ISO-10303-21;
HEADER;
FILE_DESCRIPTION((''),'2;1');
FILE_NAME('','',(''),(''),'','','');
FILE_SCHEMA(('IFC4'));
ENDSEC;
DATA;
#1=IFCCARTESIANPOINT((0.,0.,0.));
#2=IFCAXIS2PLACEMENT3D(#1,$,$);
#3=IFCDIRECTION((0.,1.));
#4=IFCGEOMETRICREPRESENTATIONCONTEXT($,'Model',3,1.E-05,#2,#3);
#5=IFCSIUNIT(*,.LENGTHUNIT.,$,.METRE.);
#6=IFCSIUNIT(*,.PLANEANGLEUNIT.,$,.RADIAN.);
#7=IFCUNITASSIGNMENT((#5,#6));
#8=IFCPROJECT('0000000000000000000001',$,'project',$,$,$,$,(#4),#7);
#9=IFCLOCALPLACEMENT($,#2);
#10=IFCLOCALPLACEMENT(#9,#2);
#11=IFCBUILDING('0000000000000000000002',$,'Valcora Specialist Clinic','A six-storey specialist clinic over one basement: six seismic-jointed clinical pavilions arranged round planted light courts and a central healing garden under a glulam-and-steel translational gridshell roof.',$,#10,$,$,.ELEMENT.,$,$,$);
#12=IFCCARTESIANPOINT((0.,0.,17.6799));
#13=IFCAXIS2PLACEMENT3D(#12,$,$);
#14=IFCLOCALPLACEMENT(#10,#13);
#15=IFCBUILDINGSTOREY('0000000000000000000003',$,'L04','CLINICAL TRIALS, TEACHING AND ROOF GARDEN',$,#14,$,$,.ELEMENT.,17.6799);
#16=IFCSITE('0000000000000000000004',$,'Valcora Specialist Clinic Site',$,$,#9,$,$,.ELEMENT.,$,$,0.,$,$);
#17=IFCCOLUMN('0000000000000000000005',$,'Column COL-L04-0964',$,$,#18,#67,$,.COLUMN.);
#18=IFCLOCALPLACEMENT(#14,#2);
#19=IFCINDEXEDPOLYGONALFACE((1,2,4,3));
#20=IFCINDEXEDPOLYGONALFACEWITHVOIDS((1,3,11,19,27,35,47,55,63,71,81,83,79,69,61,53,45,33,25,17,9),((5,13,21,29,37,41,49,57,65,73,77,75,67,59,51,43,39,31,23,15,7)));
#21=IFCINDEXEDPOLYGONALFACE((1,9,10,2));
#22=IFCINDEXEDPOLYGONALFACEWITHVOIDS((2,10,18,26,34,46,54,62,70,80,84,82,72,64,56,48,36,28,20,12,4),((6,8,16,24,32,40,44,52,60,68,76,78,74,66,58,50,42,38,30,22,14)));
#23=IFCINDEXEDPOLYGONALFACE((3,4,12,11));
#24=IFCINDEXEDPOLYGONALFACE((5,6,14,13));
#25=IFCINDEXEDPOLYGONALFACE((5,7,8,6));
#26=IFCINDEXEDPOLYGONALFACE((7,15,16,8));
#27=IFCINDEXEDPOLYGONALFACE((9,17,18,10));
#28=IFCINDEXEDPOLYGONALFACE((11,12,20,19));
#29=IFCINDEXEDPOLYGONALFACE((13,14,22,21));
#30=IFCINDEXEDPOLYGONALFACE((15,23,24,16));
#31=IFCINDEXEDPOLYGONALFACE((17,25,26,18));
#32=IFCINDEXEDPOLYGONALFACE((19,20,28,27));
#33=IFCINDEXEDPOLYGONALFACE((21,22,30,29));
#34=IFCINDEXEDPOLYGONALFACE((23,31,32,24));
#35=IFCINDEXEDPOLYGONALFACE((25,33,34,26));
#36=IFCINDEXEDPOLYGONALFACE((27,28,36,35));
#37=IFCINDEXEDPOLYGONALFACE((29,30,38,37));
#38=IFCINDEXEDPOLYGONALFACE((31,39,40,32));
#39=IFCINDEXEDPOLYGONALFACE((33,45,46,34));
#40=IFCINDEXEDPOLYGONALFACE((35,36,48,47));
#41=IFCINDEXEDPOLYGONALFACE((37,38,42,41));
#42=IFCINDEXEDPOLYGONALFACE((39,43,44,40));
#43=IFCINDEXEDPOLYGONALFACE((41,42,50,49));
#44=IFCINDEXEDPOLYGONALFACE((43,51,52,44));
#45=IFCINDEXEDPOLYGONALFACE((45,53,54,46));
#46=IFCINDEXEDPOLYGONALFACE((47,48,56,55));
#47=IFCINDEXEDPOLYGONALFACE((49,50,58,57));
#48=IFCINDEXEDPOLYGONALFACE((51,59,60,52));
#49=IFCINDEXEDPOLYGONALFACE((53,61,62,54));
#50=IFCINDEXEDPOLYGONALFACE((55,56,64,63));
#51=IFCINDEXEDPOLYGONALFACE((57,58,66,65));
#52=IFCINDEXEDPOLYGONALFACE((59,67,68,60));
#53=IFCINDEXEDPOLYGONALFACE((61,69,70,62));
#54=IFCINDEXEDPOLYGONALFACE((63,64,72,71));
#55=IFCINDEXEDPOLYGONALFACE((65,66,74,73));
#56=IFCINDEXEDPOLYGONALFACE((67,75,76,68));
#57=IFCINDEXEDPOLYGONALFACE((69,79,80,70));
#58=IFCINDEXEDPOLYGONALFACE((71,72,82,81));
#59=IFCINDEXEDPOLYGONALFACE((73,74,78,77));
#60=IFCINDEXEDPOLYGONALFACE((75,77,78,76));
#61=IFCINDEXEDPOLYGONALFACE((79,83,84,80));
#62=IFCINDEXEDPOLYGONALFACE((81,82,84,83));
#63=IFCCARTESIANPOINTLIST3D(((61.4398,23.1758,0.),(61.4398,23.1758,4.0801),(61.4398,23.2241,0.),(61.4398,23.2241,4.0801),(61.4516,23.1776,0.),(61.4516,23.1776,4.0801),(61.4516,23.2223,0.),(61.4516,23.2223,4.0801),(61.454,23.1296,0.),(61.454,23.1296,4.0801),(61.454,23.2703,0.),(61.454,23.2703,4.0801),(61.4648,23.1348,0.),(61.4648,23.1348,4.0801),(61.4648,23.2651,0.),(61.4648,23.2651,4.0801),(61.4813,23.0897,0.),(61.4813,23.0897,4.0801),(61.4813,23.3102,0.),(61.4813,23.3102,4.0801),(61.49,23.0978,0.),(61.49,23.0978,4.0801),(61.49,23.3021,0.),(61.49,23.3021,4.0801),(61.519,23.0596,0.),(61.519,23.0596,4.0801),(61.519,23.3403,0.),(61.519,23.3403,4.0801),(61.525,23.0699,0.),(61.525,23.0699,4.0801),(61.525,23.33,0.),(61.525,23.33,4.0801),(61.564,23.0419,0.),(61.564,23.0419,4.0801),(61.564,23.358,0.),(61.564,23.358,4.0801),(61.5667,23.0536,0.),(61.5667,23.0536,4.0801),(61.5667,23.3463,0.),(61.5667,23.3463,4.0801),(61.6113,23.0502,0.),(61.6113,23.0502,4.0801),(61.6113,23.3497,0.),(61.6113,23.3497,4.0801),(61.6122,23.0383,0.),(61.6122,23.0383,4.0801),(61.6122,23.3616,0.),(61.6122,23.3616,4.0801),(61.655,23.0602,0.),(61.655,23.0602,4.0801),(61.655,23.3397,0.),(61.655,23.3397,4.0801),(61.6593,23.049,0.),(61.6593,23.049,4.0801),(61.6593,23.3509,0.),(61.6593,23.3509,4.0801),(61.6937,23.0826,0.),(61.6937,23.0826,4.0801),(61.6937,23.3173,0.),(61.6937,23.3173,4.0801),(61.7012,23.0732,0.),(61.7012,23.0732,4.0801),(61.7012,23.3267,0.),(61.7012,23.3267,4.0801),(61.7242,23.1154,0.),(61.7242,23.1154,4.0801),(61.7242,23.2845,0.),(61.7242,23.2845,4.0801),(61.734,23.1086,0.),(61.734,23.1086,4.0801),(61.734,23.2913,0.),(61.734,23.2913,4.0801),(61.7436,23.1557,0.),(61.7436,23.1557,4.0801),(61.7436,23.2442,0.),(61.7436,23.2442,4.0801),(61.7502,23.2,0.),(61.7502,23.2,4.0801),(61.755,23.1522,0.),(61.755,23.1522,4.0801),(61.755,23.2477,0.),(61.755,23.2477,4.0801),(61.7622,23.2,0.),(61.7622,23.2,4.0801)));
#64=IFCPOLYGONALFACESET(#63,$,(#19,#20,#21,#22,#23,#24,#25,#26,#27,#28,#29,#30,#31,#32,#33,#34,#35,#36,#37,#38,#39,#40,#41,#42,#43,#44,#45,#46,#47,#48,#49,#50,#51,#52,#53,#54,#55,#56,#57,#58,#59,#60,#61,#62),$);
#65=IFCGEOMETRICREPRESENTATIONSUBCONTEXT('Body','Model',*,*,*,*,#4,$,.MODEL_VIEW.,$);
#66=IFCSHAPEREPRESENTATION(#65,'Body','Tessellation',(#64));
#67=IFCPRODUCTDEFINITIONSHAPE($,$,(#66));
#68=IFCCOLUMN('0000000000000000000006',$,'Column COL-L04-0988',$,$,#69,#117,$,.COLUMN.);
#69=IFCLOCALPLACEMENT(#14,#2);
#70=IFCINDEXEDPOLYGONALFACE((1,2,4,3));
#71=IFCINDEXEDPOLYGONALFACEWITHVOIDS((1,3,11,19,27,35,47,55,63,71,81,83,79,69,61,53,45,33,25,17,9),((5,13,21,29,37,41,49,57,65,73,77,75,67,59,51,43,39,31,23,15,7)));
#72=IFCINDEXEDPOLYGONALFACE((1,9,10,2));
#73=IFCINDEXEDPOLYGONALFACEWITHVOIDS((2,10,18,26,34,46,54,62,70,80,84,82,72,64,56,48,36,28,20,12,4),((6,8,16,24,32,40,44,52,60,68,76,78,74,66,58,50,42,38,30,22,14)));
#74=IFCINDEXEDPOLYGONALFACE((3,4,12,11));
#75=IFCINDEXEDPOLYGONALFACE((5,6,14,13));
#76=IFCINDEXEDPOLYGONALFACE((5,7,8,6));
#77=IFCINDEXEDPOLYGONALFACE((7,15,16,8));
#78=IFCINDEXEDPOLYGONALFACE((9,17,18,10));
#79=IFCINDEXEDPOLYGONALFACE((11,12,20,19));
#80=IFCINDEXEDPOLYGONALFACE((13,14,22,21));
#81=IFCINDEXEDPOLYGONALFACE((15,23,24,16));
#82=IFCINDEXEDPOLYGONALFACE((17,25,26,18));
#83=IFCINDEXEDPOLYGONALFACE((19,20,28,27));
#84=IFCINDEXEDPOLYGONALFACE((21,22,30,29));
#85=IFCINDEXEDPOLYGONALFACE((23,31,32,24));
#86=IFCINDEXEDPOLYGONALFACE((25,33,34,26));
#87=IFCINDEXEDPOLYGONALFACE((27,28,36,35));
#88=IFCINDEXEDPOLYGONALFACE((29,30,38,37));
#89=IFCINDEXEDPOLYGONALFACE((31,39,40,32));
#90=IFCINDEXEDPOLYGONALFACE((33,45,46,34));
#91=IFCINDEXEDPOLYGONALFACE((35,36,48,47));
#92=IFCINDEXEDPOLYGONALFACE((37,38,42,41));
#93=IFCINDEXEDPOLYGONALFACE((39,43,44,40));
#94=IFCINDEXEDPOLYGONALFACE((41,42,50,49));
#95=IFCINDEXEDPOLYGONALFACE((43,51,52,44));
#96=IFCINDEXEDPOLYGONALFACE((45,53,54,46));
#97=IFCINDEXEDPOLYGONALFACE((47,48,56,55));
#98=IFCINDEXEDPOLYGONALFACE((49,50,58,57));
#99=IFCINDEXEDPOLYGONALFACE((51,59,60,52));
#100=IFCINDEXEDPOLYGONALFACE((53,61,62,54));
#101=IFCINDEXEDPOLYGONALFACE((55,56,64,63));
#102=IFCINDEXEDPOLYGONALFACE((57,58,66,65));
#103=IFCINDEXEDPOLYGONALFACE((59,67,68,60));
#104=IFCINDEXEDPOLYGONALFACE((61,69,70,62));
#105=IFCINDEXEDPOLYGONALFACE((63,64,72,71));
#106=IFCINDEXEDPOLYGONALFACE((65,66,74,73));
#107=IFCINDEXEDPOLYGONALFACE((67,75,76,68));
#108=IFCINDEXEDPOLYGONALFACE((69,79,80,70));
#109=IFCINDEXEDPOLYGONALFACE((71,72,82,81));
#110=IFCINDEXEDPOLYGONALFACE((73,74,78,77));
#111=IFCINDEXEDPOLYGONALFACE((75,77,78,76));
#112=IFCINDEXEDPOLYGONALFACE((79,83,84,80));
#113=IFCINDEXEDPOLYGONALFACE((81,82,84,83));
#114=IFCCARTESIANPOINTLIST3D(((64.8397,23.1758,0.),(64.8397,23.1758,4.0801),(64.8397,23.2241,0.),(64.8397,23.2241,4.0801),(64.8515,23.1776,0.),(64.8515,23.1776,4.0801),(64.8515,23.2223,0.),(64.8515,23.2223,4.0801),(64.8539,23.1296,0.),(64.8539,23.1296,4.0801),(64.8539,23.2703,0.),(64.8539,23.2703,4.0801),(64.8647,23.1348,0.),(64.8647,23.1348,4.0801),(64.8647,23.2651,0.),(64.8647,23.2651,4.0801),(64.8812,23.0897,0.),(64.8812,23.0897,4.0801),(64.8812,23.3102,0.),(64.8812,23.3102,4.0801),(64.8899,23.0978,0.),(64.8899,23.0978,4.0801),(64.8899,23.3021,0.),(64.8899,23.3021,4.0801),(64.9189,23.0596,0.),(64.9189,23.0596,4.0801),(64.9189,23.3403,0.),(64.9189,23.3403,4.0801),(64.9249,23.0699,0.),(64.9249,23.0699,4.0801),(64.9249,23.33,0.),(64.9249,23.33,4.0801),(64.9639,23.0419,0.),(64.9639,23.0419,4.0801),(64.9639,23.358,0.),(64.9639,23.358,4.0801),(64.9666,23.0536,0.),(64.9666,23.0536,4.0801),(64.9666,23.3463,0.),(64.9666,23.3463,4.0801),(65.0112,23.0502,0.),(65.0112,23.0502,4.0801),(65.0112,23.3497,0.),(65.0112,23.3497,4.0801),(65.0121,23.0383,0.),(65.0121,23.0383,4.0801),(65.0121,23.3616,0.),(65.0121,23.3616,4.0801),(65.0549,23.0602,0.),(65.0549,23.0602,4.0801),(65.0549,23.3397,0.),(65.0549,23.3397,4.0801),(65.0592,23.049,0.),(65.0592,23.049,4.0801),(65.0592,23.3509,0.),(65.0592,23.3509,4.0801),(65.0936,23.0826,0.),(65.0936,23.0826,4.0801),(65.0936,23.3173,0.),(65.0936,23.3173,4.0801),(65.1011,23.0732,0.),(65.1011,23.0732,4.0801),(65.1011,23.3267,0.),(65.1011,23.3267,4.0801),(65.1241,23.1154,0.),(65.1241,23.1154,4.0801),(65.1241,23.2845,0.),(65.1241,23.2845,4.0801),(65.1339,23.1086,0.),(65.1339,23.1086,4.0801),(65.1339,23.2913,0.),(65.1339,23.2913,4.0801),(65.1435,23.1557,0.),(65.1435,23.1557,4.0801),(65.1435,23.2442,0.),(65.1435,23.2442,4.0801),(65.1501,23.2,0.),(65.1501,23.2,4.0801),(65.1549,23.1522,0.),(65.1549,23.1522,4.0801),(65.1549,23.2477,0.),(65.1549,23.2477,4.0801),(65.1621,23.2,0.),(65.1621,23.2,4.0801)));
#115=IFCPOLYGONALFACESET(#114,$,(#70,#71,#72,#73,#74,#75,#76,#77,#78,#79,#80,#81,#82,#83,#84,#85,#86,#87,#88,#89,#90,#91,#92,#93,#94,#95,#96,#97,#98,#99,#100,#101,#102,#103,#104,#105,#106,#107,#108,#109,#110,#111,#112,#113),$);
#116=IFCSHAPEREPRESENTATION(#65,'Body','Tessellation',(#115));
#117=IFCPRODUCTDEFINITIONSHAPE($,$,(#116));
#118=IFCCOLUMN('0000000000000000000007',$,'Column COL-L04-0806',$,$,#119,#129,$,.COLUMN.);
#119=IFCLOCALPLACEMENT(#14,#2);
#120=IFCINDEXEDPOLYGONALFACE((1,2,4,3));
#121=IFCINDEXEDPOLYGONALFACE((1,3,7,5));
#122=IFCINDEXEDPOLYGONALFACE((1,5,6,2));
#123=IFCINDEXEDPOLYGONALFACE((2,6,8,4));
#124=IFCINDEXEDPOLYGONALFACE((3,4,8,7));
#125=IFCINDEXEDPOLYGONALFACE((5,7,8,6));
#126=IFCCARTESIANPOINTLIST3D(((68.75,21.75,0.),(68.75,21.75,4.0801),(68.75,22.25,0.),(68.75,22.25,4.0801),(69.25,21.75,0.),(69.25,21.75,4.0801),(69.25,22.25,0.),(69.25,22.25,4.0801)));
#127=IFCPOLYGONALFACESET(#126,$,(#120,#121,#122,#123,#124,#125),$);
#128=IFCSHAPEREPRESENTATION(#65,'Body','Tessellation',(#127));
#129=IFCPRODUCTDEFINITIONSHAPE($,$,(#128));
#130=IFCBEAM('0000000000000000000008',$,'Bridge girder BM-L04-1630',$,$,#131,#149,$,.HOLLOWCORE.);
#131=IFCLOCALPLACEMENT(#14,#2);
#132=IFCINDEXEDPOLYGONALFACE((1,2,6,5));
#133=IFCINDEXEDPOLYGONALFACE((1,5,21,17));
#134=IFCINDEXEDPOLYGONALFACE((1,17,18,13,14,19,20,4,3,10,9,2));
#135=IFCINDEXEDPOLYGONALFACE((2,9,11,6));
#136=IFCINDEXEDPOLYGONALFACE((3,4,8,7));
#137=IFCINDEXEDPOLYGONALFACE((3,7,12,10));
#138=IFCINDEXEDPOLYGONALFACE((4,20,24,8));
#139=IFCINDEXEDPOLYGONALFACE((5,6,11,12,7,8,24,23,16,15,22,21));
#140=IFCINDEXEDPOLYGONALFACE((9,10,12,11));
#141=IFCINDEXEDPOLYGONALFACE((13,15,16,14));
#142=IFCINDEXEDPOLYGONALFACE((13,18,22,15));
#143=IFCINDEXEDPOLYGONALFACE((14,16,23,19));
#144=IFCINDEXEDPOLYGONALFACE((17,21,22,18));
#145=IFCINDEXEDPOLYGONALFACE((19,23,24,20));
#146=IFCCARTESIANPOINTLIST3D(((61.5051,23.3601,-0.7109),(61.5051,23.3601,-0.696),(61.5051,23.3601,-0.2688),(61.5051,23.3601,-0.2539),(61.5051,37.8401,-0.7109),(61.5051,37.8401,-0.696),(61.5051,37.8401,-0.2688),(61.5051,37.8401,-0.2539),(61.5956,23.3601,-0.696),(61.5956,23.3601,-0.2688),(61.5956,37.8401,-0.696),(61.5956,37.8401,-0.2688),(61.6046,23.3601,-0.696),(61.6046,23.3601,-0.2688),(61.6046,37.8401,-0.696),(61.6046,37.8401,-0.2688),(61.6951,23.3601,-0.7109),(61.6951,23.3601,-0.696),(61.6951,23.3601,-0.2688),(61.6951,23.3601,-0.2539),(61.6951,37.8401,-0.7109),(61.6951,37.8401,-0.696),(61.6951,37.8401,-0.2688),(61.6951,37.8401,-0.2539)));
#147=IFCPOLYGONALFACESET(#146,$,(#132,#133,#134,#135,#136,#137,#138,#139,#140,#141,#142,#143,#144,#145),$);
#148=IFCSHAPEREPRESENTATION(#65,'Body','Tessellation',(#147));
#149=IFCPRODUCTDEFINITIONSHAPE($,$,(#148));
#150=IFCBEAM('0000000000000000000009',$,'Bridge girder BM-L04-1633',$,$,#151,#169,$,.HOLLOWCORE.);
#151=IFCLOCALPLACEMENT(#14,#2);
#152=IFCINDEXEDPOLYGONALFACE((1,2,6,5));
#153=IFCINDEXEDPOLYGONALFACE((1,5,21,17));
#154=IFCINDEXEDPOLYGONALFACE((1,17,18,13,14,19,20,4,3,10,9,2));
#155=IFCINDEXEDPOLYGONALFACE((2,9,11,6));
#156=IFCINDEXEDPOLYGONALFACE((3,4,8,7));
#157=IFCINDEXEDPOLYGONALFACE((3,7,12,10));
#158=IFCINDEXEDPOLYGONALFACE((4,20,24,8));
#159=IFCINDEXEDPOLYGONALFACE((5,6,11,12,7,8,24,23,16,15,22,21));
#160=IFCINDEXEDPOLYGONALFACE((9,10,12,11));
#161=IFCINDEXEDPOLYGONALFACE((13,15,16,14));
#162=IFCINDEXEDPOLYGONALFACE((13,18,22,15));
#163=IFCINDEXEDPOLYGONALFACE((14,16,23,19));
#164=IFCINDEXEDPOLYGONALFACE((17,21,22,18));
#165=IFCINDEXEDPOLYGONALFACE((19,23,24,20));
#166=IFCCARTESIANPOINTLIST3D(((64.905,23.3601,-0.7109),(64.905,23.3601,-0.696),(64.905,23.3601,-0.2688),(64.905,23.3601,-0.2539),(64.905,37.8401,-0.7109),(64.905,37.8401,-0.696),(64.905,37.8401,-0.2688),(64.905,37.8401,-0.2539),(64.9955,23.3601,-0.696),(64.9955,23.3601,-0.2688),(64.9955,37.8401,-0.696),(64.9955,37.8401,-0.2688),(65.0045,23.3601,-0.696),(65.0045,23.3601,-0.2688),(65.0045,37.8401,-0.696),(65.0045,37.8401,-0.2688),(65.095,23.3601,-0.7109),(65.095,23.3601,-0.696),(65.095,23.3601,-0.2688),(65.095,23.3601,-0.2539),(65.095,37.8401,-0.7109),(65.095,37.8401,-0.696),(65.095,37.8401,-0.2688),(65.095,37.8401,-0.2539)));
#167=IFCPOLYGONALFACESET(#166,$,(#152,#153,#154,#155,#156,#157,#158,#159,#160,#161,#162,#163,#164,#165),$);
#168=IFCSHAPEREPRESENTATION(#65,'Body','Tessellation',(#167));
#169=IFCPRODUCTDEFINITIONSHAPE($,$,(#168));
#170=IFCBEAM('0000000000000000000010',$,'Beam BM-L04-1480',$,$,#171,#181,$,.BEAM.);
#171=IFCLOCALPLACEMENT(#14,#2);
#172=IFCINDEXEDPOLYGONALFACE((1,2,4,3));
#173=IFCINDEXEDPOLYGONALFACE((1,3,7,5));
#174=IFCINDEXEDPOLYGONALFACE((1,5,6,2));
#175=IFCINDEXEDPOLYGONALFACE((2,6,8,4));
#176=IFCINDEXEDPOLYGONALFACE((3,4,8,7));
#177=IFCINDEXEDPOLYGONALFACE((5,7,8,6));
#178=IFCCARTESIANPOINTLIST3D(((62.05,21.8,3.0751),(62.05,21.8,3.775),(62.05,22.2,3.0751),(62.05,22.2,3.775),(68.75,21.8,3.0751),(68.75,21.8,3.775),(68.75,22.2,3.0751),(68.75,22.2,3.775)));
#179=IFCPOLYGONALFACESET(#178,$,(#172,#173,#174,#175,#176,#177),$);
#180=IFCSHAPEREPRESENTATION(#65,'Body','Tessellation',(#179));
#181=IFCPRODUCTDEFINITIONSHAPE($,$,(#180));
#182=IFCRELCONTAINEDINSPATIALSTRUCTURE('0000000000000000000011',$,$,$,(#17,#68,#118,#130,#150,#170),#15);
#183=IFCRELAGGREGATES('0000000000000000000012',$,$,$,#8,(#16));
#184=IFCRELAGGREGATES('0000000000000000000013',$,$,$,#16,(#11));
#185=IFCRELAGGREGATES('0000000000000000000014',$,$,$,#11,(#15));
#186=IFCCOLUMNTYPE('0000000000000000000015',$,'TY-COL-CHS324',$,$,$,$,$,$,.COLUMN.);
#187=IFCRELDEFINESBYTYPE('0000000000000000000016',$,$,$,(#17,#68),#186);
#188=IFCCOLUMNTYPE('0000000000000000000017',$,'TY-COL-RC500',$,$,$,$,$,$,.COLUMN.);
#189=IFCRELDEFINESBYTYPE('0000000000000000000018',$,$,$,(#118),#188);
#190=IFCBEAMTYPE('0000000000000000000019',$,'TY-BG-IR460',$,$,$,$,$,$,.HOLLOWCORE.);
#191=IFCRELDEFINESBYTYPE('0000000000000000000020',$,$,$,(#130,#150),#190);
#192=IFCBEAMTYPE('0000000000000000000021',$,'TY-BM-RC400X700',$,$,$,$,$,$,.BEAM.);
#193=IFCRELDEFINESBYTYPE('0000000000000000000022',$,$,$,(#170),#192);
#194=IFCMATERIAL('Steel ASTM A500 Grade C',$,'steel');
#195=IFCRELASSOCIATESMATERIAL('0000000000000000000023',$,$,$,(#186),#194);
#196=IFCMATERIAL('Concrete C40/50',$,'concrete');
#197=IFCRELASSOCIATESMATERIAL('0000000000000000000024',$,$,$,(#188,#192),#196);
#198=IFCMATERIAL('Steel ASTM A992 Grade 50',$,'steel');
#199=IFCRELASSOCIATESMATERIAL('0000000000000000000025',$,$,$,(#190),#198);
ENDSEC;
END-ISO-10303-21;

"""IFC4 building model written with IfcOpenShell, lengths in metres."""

from ifc_helpers import new_model, si_unit, direction, frame, origin, origin_2d, place, context, subcontext, project, spatial, rectangle, hollow_circle, i_section, extrude, material, material_profile, profile_set, type_object, element, save


model = new_model("IFC4")

# Units and contexts
model_context = context("Model", 3, precision=1e-05, world=origin(), true_north=direction((0.0, 1.0)))
body_context = subcontext(model_context, "Body", "Model", "MODEL_VIEW")
ifc_project = project(units=[si_unit("LENGTHUNIT", "METRE"), si_unit("PLANEANGLEUNIT", "RADIAN")], contexts=[model_context])

# Site, building, storey
site_placement = place(None, origin())
site = spatial("IfcSite", under=ifc_project, at=site_placement, Name="Valcora Specialist Clinic Site", CompositionType="ELEMENT", RefElevation=0.0)
building_placement = place(site_placement, origin())
building = spatial("IfcBuilding", under=site, at=building_placement, Name="Valcora Specialist Clinic", Description="A six-storey specialist clinic over one basement: six seismic-jointed clinical pavilions arranged round planted light courts and a central healing garden under a glulam-and-steel translational gridshell roof.", CompositionType="ELEMENT")
storey_placement = place(building_placement, frame((0.0, 0.0, 17.6799)))
storey = spatial("IfcBuildingStorey", under=building, at=storey_placement, Name="L04", Description="CLINICAL TRIALS, TEACHING AND ROOF GARDEN", CompositionType="ELEMENT", Elevation=17.6799)

# Columns
ifc_material_1 = material(Name="Steel ASTM A500 Grade C", Category="steel")
ifc_material_profile_1 = material_profile(ifc_material_1, hollow_circle(Radius=0.1621, WallThickness=0.012, at=origin_2d()), Name="ST-CHS-324X12")
ifc_profile_set_1 = profile_set([ifc_material_profile_1], Name="Steel ASTM A500 Grade C")
column_type_1 = type_object("IfcColumnType", Name="TY-COL-CHS324", PredefinedType="COLUMN", material=ifc_profile_set_1)
for number, where, z_axis, x_axis, name in (
    (1, (61.6001, 23.2, 0.0), (0.0, 0.0, 1.0), (1.0, 0.0, 0.0), "Column COL-L04-0964"),
    (2, (65.0, 23.2, 0.0), (0.0, 0.0, 1.0), (1.0, 0.0, 0.0), "Column COL-L04-0988"),
):
    element("IfcColumn", number, at=place(storey_placement, frame(where, z_axis=z_axis, x_axis=x_axis)), inside=storey, type_object=column_type_1, Name=name, PredefinedType="COLUMN", context=body_context, shape_type="SweptSolid", body=[
        extrude(hollow_circle(Radius=0.1621, WallThickness=0.012, at=origin_2d()), origin(), (0.0, 0.0, 1.0), 4.0801),
    ])
ifc_material_2 = material(Name="Concrete C40/50", Category="concrete")
ifc_material_profile_2 = material_profile(ifc_material_2, rectangle(XDim=0.5, YDim=0.5, at=origin_2d()), Name="RC-COL-500X500")
ifc_profile_set_2 = profile_set([ifc_material_profile_2], Name="Concrete C40/50")
column_type_2 = type_object("IfcColumnType", Name="TY-COL-RC500", PredefinedType="COLUMN", material=ifc_profile_set_2)
column_placement = place(storey_placement, frame((69.0, 22.0, 0.0), z_axis=(0.0, 0.0, 1.0), x_axis=(1.0, 0.0, 0.0)))
element("IfcColumn", 3, at=column_placement, inside=storey, type_object=column_type_2, Name="Column COL-L04-0806", PredefinedType="COLUMN", context=body_context, shape_type="SweptSolid", body=[
    extrude(rectangle(XDim=0.5, YDim=0.5, at=origin_2d()), origin(), (0.0, 0.0, 1.0), 4.0801),
])

# Beams
ifc_material_3 = material(Name="Steel ASTM A992 Grade 50", Category="steel")
ifc_material_profile_3 = material_profile(ifc_material_3, i_section(OverallWidth=0.1899, OverallDepth=0.457, WebThickness=0.009, FlangeThickness=0.0149, at=origin_2d()), Name="ST-IR-460X190")
ifc_profile_set_3 = profile_set([ifc_material_profile_3], Name="Steel ASTM A992 Grade 50")
beam_type_1 = type_object("IfcBeamType", Name="TY-BG-IR460", PredefinedType="HOLLOWCORE", material=ifc_profile_set_3)
for number, where, z_axis, x_axis, name in (
    (4, (61.6001, 23.3601, -0.4824), (0.0, 1.0, 0.0), (-1.0, 0.0, 0.0), "Bridge girder BM-L04-1630"),
    (5, (65.0, 23.3601, -0.4824), (0.0, 1.0, 0.0), (-1.0, 0.0, 0.0), "Bridge girder BM-L04-1633"),
):
    element("IfcBeam", number, at=place(storey_placement, frame(where, z_axis=z_axis, x_axis=x_axis)), inside=storey, type_object=beam_type_1, Name=name, PredefinedType="HOLLOWCORE", context=body_context, shape_type="SweptSolid", body=[
        extrude(i_section(OverallWidth=0.1899, OverallDepth=0.457, WebThickness=0.009, FlangeThickness=0.0149, at=origin_2d()), origin(), (0.0, 0.0, 1.0), 14.48),
    ])
ifc_material_profile_4 = material_profile(ifc_material_2, rectangle(XDim=0.3999, YDim=0.7, at=origin_2d()), Name="RC-BM-400X700")
ifc_profile_set_4 = profile_set([ifc_material_profile_4], Name="Concrete C40/50")
beam_type_2 = type_object("IfcBeamType", Name="TY-BM-RC400X700", PredefinedType="BEAM", material=ifc_profile_set_4)
beam_placement = place(storey_placement, frame((62.05, 22.0, 3.425), z_axis=(1.0, 0.0, 0.0), x_axis=(0.0, 1.0, 0.0)))
element("IfcBeam", 6, at=beam_placement, inside=storey, type_object=beam_type_2, Name="Beam BM-L04-1480", PredefinedType="BEAM", context=body_context, shape_type="SweptSolid", body=[
    extrude(rectangle(XDim=0.3999, YDim=0.7, at=origin_2d()), origin(), (0.0, 0.0, 1.0), 6.7),
])

save(model, "model.ifc")
